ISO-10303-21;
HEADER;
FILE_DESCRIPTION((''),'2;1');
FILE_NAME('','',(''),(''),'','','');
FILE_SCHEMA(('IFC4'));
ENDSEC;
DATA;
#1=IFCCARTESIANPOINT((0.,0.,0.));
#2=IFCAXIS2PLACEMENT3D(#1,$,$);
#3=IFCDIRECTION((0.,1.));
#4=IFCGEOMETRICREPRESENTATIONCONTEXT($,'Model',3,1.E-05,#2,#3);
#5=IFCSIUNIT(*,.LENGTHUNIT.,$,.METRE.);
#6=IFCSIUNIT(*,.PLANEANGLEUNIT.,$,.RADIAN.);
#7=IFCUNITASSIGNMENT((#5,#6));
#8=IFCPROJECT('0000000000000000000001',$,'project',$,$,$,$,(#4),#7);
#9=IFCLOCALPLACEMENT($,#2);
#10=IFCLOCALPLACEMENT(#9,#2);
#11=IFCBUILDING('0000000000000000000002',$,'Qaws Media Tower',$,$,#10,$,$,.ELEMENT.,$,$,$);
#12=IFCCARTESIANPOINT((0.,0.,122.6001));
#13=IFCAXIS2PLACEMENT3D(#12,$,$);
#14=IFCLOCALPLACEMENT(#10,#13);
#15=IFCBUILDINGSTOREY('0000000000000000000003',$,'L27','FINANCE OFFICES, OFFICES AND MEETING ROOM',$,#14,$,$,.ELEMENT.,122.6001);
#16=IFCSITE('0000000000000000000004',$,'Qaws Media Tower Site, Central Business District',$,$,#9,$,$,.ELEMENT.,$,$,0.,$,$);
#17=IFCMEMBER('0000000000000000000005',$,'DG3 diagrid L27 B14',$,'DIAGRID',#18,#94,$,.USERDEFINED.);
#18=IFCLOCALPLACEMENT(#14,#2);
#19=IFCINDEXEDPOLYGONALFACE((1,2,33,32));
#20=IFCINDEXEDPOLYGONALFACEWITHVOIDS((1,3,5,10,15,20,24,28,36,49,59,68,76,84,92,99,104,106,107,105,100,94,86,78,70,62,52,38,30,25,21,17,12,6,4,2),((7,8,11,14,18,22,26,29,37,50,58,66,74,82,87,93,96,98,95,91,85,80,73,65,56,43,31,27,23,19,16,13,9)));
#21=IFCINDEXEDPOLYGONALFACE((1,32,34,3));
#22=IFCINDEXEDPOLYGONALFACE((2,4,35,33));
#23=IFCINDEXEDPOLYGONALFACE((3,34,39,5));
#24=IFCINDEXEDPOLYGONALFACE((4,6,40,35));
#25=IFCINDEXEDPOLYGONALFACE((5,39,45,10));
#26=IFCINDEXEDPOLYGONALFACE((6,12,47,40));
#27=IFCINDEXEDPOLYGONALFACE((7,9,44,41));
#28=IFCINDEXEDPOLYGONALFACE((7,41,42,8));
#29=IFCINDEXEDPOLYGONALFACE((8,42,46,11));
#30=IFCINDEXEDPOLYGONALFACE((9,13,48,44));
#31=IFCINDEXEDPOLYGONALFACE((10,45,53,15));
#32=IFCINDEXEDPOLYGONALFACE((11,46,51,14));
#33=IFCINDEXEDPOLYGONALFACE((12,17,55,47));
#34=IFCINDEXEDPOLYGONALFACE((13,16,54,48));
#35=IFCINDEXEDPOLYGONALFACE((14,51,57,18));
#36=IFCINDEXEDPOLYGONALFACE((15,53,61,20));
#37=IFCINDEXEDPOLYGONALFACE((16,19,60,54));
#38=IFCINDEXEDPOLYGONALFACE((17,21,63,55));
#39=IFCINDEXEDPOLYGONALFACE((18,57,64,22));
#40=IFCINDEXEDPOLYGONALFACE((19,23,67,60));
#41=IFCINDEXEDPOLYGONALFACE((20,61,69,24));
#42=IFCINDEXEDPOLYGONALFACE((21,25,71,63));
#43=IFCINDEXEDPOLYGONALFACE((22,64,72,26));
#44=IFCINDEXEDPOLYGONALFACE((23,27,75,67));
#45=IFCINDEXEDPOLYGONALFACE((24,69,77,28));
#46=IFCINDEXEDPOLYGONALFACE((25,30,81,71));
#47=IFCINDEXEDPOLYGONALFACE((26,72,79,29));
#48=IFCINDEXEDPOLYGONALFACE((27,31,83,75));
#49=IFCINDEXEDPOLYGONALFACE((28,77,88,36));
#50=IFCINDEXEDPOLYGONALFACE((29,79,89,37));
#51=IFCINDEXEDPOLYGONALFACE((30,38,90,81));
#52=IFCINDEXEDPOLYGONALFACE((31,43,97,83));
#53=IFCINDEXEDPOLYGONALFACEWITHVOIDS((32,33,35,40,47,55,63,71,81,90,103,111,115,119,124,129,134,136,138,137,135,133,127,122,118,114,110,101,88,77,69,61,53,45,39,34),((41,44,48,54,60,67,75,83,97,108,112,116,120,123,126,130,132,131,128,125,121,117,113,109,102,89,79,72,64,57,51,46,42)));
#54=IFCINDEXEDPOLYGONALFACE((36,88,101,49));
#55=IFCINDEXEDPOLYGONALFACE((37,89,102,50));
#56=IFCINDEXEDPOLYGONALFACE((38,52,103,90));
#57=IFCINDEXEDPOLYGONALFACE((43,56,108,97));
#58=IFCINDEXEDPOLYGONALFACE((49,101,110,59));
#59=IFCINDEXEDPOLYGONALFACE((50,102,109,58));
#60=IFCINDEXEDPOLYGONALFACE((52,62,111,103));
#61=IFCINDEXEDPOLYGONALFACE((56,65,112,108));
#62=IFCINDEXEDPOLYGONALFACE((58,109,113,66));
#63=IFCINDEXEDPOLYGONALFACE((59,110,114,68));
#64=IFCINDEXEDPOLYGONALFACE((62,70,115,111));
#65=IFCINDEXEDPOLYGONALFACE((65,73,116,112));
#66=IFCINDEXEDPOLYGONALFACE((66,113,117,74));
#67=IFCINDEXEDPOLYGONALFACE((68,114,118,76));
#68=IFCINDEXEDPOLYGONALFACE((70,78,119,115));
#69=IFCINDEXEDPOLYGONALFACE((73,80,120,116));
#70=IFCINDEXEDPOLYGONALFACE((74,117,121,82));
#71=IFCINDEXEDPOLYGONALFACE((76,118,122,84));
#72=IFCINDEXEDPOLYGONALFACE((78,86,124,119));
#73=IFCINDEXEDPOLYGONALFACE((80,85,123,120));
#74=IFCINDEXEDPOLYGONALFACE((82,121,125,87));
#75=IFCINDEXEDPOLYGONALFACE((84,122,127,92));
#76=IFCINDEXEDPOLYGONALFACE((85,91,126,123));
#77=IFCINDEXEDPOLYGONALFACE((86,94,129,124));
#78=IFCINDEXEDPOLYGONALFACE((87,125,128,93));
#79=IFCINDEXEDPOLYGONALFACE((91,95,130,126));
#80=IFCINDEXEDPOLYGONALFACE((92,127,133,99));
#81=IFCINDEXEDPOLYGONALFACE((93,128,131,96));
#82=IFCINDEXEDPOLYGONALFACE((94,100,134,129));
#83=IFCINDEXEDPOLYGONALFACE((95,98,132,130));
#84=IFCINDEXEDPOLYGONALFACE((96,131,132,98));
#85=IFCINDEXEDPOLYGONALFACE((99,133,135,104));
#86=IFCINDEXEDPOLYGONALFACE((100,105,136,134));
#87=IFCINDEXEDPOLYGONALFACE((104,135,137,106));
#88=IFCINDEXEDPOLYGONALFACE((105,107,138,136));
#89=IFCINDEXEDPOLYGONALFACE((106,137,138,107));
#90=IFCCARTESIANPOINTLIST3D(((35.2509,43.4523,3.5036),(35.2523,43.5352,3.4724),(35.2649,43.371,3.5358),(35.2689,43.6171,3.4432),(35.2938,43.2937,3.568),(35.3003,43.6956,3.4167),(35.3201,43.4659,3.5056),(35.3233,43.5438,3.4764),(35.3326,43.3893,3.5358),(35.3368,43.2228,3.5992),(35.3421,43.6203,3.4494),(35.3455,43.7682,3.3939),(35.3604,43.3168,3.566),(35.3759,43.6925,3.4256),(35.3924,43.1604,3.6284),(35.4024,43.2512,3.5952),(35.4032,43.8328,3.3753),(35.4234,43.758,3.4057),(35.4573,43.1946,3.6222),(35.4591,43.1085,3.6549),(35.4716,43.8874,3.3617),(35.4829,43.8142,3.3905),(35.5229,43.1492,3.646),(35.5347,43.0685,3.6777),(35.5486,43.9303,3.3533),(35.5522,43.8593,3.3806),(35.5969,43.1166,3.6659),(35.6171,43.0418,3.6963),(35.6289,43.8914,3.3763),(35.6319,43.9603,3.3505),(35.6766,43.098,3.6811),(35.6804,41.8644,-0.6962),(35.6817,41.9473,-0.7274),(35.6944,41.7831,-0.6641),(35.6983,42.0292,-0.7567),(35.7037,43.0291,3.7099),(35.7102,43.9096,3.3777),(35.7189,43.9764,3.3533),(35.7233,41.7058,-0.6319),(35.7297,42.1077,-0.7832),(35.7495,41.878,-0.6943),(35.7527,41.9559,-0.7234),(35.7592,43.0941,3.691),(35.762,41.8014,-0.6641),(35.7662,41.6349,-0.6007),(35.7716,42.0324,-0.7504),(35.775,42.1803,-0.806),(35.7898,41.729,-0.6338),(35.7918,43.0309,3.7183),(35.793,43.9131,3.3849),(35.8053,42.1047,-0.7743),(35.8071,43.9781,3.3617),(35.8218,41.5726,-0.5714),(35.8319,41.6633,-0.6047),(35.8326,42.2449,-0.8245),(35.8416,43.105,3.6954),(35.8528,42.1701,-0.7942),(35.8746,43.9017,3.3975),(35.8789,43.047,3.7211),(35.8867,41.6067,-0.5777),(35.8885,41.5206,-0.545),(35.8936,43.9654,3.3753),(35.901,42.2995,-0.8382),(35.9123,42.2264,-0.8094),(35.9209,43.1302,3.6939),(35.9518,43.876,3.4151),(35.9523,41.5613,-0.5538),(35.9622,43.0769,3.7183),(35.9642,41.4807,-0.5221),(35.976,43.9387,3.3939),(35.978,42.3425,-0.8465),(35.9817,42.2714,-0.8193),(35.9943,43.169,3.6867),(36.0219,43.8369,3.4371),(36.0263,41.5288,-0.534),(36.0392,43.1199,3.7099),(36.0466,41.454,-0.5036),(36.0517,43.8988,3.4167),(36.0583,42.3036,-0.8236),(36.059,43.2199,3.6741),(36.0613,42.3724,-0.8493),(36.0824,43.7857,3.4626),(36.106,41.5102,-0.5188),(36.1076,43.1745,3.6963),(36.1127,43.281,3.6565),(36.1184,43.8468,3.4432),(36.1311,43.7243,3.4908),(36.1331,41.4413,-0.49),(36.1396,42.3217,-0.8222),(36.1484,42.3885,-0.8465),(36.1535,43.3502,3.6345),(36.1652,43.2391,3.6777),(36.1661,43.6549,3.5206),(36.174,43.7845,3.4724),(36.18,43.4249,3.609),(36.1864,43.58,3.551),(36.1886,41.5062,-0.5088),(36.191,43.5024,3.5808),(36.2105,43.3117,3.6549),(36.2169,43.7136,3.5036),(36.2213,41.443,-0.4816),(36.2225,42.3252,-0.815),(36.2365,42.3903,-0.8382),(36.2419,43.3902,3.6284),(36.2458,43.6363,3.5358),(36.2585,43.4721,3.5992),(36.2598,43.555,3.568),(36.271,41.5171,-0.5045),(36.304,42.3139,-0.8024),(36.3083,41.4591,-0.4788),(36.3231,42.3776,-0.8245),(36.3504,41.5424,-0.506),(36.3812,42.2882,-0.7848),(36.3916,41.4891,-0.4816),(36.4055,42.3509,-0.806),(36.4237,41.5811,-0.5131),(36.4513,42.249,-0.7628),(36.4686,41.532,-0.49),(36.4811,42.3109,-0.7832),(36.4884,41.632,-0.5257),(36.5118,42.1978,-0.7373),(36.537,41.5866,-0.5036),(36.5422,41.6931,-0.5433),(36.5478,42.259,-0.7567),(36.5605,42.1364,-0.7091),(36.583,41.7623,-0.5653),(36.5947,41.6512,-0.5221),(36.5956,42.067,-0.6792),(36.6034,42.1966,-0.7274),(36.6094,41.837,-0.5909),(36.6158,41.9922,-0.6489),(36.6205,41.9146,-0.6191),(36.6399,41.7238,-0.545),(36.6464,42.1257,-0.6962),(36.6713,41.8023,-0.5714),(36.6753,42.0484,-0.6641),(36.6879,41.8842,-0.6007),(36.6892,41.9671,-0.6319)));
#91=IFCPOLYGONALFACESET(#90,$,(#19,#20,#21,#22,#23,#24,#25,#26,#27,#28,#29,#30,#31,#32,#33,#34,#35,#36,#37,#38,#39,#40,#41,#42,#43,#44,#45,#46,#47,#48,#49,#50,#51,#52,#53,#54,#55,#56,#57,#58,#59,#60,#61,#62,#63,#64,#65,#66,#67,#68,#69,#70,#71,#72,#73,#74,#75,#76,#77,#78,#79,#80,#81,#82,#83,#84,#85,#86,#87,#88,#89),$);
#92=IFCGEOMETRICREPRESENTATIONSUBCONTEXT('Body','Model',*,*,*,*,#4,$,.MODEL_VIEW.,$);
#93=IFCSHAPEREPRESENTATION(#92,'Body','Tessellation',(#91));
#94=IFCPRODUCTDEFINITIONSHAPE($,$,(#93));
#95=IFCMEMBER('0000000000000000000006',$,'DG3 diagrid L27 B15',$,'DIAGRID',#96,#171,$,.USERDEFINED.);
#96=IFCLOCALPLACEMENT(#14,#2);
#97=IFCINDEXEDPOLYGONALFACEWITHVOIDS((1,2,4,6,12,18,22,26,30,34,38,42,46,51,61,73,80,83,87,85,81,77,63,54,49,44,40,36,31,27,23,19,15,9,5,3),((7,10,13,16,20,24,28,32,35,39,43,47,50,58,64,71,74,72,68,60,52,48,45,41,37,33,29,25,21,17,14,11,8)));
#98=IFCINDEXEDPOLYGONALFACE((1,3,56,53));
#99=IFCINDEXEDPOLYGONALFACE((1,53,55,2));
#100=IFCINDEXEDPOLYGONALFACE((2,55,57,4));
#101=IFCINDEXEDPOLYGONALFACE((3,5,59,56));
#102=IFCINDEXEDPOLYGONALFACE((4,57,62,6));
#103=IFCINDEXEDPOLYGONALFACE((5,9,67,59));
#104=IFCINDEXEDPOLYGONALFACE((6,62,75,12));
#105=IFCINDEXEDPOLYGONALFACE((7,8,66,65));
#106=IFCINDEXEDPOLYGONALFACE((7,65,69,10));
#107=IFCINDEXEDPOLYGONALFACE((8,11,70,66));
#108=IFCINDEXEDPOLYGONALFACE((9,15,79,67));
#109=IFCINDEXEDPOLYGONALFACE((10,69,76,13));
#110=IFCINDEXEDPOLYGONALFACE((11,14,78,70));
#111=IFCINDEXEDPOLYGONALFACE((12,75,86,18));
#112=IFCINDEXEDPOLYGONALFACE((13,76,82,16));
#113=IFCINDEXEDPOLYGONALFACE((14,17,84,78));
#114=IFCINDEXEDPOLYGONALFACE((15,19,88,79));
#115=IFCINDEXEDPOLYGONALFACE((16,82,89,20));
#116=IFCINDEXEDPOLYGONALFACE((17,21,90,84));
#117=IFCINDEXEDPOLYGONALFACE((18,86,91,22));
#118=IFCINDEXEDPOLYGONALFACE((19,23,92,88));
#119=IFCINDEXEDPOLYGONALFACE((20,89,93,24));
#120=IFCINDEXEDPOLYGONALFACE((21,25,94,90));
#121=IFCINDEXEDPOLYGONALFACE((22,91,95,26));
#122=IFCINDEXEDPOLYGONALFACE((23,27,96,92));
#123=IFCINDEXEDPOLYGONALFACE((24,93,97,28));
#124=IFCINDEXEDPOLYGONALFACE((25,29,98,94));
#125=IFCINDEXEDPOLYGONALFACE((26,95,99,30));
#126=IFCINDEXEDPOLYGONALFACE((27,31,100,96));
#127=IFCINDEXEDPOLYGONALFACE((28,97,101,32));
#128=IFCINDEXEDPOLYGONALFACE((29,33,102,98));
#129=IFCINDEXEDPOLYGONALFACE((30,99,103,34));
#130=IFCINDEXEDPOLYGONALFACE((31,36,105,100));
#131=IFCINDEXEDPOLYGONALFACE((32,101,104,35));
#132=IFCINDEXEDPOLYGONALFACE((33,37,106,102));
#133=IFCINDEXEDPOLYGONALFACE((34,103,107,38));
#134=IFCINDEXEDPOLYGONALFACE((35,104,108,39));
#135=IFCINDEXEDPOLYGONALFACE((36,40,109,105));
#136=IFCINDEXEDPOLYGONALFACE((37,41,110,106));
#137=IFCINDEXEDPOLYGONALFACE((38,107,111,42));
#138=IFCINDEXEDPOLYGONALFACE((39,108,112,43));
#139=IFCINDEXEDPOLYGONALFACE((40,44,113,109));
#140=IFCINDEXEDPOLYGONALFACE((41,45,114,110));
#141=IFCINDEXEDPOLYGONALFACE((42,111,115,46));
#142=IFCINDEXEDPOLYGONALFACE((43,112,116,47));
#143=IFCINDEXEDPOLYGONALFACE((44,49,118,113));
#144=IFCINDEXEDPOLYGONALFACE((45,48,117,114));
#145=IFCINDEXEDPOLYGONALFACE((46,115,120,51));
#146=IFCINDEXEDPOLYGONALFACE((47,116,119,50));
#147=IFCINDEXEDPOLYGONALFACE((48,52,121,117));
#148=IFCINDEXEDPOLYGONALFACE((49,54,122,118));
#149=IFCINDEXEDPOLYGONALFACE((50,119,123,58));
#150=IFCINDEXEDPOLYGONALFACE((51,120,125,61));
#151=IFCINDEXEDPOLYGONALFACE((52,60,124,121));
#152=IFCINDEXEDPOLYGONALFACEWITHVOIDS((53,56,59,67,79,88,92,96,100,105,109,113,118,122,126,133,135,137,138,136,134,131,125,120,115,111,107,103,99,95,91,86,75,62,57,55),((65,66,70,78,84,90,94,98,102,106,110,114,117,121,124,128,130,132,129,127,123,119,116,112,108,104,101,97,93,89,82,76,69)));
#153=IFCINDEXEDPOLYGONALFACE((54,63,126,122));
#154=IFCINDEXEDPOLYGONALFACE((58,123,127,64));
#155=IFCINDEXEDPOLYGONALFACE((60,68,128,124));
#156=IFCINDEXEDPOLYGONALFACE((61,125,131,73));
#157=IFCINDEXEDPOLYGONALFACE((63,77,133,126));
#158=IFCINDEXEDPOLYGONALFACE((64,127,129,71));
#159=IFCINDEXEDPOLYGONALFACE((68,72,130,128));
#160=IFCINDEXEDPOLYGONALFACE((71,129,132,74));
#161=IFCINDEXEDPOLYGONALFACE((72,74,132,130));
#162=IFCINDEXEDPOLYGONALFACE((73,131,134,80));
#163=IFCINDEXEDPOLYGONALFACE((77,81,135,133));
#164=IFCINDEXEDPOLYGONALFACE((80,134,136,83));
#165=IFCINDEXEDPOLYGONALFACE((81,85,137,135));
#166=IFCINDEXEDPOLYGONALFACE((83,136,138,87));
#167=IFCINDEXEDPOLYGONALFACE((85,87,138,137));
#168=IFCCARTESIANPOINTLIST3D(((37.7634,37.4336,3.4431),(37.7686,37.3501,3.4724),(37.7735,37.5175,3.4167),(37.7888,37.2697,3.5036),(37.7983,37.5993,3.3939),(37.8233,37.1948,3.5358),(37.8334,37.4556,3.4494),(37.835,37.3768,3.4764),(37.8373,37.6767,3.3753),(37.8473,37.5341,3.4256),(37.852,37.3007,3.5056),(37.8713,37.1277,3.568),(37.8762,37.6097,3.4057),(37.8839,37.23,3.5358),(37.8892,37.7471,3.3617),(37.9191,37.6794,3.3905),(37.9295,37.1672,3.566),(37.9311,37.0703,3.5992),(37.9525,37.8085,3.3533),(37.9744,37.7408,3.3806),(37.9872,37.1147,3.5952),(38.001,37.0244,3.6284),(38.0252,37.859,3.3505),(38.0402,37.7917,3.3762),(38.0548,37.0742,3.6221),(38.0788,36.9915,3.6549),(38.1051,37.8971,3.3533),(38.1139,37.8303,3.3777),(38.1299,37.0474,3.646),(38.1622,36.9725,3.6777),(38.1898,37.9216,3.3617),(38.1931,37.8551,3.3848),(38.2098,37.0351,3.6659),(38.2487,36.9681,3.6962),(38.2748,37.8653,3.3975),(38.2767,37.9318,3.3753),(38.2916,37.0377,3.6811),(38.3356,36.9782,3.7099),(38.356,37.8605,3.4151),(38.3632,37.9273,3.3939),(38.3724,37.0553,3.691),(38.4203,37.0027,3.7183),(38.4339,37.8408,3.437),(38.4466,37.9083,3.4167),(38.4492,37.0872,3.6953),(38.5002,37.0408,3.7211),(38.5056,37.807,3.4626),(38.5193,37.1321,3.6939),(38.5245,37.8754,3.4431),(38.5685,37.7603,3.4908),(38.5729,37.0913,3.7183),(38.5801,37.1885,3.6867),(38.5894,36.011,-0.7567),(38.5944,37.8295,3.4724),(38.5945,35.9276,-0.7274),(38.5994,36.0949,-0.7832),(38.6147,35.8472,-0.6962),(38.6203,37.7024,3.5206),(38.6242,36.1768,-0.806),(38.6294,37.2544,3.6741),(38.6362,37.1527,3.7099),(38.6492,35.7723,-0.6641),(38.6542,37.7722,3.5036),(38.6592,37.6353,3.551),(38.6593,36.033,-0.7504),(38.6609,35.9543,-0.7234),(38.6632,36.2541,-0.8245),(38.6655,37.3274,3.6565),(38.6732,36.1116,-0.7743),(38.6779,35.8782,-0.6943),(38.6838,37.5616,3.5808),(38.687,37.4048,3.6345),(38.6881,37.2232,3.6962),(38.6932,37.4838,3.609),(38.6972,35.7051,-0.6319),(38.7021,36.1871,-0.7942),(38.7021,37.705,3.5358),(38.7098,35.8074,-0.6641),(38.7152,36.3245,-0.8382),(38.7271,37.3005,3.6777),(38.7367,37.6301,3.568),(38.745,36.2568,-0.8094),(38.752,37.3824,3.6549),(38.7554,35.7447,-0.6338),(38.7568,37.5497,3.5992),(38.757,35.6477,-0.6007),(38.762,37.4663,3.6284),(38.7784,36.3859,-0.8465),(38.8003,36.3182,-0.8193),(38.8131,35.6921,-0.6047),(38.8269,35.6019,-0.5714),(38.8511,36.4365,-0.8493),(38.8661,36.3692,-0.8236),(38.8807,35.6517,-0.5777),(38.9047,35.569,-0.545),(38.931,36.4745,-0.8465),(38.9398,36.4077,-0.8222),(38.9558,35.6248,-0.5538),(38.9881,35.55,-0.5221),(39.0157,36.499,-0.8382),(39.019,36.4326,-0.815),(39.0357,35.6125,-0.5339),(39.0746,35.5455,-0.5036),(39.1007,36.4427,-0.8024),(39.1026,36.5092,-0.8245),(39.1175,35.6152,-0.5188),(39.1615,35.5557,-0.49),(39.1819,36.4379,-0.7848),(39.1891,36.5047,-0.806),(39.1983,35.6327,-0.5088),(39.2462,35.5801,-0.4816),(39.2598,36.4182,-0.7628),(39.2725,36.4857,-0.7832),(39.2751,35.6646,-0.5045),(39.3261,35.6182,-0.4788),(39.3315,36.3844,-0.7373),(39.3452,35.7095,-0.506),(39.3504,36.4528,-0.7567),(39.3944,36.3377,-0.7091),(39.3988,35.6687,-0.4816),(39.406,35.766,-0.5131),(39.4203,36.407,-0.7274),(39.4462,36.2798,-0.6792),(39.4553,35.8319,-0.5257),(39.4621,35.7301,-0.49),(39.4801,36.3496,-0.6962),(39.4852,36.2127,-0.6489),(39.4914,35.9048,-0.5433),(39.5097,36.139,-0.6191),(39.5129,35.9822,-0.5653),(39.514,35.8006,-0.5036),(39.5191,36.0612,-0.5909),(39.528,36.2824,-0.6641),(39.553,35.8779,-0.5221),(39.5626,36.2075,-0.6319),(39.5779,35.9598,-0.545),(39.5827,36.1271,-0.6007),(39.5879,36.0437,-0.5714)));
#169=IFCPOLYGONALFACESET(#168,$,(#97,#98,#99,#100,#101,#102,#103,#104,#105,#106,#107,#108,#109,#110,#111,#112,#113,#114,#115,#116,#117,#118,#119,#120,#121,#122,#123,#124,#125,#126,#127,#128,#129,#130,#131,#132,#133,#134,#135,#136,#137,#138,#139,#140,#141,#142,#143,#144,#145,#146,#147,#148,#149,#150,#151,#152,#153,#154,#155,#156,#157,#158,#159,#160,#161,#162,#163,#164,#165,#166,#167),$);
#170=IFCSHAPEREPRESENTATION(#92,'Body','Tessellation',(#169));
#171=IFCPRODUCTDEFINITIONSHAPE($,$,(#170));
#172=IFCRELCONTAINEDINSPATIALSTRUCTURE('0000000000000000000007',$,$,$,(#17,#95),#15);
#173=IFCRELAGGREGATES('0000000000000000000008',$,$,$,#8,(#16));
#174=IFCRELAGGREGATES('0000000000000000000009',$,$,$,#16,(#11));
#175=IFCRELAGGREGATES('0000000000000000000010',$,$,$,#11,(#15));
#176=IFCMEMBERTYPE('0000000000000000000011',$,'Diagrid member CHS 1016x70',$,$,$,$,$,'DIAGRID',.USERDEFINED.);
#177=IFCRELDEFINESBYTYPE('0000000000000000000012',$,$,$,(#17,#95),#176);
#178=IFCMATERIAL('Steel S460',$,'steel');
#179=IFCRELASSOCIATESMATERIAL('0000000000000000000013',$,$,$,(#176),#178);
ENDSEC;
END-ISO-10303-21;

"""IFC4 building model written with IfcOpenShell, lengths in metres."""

from ifc_helpers import new_model, si_unit, direction, frame, origin, origin_2d, place, context, subcontext, project, spatial, hollow_circle, extrude, material, material_profile, profile_set, type_object, element, save


model = new_model("IFC4")

# Units and contexts
model_context = context("Model", 3, precision=1e-05, world=origin(), true_north=direction((0.0, 1.0)))
body_context = subcontext(model_context, "Body", "Model", "MODEL_VIEW")
ifc_project = project(units=[si_unit("LENGTHUNIT", "METRE"), si_unit("PLANEANGLEUNIT", "RADIAN")], contexts=[model_context])

# Site, building, storey
site_placement = place(None, origin())
site = spatial("IfcSite", under=ifc_project, at=site_placement, Name="Qaws Media Tower Site, Central Business District", CompositionType="ELEMENT", RefElevation=0.0)
building_placement = place(site_placement, origin())
building = spatial("IfcBuilding", under=site, at=building_placement, Name="Qaws Media Tower", CompositionType="ELEMENT")
storey_placement = place(building_placement, frame((0.0, 0.0, 122.6001)))
storey = spatial("IfcBuildingStorey", under=building, at=storey_placement, Name="L27", Description="FINANCE OFFICES, OFFICES AND MEETING ROOM", CompositionType="ELEMENT", Elevation=122.6001)

# Members
ifc_material_1 = material(Name="Steel S460", Category="steel")
ifc_material_profile_1 = material_profile(ifc_material_1, hollow_circle(Radius=0.5081, WallThickness=0.0701, at=origin_2d()), Name="CHS 1016x70")
ifc_profile_set_1 = profile_set([ifc_material_profile_1], Name="Steel S460")
member_type_1 = type_object("IfcMemberType", Name="Diagrid member CHS 1016x70", ElementType="DIAGRID", PredefinedType="USERDEFINED", material=ifc_profile_set_1)
for number, where, z_axis, x_axis, name in (
    (1, (36.1848, 41.9158, -0.6641), (-0.095208, 0.352036, 0.931132), (-0.96532, -0.26107, 0.0), "DG3 diagrid L27 B14"),
    (2, (39.0886, 36.0273, -0.6641), (-0.183108, 0.315392, 0.931128), (-0.864816, -0.502089, 0.0), "DG3 diagrid L27 B15"),
):
    element("IfcMember", number, at=place(storey_placement, frame(where, z_axis=z_axis, x_axis=x_axis)), inside=storey, type_object=member_type_1, Name=name, ObjectType="DIAGRID", PredefinedType="USERDEFINED", context=body_context, shape_type="SweptSolid", body=[
        extrude(hollow_circle(Radius=0.5081, WallThickness=0.0701, at=origin_2d()), origin(), (0.0, 0.0, 1.0), 4.5105),
    ])

save(model, "model.ifc")
